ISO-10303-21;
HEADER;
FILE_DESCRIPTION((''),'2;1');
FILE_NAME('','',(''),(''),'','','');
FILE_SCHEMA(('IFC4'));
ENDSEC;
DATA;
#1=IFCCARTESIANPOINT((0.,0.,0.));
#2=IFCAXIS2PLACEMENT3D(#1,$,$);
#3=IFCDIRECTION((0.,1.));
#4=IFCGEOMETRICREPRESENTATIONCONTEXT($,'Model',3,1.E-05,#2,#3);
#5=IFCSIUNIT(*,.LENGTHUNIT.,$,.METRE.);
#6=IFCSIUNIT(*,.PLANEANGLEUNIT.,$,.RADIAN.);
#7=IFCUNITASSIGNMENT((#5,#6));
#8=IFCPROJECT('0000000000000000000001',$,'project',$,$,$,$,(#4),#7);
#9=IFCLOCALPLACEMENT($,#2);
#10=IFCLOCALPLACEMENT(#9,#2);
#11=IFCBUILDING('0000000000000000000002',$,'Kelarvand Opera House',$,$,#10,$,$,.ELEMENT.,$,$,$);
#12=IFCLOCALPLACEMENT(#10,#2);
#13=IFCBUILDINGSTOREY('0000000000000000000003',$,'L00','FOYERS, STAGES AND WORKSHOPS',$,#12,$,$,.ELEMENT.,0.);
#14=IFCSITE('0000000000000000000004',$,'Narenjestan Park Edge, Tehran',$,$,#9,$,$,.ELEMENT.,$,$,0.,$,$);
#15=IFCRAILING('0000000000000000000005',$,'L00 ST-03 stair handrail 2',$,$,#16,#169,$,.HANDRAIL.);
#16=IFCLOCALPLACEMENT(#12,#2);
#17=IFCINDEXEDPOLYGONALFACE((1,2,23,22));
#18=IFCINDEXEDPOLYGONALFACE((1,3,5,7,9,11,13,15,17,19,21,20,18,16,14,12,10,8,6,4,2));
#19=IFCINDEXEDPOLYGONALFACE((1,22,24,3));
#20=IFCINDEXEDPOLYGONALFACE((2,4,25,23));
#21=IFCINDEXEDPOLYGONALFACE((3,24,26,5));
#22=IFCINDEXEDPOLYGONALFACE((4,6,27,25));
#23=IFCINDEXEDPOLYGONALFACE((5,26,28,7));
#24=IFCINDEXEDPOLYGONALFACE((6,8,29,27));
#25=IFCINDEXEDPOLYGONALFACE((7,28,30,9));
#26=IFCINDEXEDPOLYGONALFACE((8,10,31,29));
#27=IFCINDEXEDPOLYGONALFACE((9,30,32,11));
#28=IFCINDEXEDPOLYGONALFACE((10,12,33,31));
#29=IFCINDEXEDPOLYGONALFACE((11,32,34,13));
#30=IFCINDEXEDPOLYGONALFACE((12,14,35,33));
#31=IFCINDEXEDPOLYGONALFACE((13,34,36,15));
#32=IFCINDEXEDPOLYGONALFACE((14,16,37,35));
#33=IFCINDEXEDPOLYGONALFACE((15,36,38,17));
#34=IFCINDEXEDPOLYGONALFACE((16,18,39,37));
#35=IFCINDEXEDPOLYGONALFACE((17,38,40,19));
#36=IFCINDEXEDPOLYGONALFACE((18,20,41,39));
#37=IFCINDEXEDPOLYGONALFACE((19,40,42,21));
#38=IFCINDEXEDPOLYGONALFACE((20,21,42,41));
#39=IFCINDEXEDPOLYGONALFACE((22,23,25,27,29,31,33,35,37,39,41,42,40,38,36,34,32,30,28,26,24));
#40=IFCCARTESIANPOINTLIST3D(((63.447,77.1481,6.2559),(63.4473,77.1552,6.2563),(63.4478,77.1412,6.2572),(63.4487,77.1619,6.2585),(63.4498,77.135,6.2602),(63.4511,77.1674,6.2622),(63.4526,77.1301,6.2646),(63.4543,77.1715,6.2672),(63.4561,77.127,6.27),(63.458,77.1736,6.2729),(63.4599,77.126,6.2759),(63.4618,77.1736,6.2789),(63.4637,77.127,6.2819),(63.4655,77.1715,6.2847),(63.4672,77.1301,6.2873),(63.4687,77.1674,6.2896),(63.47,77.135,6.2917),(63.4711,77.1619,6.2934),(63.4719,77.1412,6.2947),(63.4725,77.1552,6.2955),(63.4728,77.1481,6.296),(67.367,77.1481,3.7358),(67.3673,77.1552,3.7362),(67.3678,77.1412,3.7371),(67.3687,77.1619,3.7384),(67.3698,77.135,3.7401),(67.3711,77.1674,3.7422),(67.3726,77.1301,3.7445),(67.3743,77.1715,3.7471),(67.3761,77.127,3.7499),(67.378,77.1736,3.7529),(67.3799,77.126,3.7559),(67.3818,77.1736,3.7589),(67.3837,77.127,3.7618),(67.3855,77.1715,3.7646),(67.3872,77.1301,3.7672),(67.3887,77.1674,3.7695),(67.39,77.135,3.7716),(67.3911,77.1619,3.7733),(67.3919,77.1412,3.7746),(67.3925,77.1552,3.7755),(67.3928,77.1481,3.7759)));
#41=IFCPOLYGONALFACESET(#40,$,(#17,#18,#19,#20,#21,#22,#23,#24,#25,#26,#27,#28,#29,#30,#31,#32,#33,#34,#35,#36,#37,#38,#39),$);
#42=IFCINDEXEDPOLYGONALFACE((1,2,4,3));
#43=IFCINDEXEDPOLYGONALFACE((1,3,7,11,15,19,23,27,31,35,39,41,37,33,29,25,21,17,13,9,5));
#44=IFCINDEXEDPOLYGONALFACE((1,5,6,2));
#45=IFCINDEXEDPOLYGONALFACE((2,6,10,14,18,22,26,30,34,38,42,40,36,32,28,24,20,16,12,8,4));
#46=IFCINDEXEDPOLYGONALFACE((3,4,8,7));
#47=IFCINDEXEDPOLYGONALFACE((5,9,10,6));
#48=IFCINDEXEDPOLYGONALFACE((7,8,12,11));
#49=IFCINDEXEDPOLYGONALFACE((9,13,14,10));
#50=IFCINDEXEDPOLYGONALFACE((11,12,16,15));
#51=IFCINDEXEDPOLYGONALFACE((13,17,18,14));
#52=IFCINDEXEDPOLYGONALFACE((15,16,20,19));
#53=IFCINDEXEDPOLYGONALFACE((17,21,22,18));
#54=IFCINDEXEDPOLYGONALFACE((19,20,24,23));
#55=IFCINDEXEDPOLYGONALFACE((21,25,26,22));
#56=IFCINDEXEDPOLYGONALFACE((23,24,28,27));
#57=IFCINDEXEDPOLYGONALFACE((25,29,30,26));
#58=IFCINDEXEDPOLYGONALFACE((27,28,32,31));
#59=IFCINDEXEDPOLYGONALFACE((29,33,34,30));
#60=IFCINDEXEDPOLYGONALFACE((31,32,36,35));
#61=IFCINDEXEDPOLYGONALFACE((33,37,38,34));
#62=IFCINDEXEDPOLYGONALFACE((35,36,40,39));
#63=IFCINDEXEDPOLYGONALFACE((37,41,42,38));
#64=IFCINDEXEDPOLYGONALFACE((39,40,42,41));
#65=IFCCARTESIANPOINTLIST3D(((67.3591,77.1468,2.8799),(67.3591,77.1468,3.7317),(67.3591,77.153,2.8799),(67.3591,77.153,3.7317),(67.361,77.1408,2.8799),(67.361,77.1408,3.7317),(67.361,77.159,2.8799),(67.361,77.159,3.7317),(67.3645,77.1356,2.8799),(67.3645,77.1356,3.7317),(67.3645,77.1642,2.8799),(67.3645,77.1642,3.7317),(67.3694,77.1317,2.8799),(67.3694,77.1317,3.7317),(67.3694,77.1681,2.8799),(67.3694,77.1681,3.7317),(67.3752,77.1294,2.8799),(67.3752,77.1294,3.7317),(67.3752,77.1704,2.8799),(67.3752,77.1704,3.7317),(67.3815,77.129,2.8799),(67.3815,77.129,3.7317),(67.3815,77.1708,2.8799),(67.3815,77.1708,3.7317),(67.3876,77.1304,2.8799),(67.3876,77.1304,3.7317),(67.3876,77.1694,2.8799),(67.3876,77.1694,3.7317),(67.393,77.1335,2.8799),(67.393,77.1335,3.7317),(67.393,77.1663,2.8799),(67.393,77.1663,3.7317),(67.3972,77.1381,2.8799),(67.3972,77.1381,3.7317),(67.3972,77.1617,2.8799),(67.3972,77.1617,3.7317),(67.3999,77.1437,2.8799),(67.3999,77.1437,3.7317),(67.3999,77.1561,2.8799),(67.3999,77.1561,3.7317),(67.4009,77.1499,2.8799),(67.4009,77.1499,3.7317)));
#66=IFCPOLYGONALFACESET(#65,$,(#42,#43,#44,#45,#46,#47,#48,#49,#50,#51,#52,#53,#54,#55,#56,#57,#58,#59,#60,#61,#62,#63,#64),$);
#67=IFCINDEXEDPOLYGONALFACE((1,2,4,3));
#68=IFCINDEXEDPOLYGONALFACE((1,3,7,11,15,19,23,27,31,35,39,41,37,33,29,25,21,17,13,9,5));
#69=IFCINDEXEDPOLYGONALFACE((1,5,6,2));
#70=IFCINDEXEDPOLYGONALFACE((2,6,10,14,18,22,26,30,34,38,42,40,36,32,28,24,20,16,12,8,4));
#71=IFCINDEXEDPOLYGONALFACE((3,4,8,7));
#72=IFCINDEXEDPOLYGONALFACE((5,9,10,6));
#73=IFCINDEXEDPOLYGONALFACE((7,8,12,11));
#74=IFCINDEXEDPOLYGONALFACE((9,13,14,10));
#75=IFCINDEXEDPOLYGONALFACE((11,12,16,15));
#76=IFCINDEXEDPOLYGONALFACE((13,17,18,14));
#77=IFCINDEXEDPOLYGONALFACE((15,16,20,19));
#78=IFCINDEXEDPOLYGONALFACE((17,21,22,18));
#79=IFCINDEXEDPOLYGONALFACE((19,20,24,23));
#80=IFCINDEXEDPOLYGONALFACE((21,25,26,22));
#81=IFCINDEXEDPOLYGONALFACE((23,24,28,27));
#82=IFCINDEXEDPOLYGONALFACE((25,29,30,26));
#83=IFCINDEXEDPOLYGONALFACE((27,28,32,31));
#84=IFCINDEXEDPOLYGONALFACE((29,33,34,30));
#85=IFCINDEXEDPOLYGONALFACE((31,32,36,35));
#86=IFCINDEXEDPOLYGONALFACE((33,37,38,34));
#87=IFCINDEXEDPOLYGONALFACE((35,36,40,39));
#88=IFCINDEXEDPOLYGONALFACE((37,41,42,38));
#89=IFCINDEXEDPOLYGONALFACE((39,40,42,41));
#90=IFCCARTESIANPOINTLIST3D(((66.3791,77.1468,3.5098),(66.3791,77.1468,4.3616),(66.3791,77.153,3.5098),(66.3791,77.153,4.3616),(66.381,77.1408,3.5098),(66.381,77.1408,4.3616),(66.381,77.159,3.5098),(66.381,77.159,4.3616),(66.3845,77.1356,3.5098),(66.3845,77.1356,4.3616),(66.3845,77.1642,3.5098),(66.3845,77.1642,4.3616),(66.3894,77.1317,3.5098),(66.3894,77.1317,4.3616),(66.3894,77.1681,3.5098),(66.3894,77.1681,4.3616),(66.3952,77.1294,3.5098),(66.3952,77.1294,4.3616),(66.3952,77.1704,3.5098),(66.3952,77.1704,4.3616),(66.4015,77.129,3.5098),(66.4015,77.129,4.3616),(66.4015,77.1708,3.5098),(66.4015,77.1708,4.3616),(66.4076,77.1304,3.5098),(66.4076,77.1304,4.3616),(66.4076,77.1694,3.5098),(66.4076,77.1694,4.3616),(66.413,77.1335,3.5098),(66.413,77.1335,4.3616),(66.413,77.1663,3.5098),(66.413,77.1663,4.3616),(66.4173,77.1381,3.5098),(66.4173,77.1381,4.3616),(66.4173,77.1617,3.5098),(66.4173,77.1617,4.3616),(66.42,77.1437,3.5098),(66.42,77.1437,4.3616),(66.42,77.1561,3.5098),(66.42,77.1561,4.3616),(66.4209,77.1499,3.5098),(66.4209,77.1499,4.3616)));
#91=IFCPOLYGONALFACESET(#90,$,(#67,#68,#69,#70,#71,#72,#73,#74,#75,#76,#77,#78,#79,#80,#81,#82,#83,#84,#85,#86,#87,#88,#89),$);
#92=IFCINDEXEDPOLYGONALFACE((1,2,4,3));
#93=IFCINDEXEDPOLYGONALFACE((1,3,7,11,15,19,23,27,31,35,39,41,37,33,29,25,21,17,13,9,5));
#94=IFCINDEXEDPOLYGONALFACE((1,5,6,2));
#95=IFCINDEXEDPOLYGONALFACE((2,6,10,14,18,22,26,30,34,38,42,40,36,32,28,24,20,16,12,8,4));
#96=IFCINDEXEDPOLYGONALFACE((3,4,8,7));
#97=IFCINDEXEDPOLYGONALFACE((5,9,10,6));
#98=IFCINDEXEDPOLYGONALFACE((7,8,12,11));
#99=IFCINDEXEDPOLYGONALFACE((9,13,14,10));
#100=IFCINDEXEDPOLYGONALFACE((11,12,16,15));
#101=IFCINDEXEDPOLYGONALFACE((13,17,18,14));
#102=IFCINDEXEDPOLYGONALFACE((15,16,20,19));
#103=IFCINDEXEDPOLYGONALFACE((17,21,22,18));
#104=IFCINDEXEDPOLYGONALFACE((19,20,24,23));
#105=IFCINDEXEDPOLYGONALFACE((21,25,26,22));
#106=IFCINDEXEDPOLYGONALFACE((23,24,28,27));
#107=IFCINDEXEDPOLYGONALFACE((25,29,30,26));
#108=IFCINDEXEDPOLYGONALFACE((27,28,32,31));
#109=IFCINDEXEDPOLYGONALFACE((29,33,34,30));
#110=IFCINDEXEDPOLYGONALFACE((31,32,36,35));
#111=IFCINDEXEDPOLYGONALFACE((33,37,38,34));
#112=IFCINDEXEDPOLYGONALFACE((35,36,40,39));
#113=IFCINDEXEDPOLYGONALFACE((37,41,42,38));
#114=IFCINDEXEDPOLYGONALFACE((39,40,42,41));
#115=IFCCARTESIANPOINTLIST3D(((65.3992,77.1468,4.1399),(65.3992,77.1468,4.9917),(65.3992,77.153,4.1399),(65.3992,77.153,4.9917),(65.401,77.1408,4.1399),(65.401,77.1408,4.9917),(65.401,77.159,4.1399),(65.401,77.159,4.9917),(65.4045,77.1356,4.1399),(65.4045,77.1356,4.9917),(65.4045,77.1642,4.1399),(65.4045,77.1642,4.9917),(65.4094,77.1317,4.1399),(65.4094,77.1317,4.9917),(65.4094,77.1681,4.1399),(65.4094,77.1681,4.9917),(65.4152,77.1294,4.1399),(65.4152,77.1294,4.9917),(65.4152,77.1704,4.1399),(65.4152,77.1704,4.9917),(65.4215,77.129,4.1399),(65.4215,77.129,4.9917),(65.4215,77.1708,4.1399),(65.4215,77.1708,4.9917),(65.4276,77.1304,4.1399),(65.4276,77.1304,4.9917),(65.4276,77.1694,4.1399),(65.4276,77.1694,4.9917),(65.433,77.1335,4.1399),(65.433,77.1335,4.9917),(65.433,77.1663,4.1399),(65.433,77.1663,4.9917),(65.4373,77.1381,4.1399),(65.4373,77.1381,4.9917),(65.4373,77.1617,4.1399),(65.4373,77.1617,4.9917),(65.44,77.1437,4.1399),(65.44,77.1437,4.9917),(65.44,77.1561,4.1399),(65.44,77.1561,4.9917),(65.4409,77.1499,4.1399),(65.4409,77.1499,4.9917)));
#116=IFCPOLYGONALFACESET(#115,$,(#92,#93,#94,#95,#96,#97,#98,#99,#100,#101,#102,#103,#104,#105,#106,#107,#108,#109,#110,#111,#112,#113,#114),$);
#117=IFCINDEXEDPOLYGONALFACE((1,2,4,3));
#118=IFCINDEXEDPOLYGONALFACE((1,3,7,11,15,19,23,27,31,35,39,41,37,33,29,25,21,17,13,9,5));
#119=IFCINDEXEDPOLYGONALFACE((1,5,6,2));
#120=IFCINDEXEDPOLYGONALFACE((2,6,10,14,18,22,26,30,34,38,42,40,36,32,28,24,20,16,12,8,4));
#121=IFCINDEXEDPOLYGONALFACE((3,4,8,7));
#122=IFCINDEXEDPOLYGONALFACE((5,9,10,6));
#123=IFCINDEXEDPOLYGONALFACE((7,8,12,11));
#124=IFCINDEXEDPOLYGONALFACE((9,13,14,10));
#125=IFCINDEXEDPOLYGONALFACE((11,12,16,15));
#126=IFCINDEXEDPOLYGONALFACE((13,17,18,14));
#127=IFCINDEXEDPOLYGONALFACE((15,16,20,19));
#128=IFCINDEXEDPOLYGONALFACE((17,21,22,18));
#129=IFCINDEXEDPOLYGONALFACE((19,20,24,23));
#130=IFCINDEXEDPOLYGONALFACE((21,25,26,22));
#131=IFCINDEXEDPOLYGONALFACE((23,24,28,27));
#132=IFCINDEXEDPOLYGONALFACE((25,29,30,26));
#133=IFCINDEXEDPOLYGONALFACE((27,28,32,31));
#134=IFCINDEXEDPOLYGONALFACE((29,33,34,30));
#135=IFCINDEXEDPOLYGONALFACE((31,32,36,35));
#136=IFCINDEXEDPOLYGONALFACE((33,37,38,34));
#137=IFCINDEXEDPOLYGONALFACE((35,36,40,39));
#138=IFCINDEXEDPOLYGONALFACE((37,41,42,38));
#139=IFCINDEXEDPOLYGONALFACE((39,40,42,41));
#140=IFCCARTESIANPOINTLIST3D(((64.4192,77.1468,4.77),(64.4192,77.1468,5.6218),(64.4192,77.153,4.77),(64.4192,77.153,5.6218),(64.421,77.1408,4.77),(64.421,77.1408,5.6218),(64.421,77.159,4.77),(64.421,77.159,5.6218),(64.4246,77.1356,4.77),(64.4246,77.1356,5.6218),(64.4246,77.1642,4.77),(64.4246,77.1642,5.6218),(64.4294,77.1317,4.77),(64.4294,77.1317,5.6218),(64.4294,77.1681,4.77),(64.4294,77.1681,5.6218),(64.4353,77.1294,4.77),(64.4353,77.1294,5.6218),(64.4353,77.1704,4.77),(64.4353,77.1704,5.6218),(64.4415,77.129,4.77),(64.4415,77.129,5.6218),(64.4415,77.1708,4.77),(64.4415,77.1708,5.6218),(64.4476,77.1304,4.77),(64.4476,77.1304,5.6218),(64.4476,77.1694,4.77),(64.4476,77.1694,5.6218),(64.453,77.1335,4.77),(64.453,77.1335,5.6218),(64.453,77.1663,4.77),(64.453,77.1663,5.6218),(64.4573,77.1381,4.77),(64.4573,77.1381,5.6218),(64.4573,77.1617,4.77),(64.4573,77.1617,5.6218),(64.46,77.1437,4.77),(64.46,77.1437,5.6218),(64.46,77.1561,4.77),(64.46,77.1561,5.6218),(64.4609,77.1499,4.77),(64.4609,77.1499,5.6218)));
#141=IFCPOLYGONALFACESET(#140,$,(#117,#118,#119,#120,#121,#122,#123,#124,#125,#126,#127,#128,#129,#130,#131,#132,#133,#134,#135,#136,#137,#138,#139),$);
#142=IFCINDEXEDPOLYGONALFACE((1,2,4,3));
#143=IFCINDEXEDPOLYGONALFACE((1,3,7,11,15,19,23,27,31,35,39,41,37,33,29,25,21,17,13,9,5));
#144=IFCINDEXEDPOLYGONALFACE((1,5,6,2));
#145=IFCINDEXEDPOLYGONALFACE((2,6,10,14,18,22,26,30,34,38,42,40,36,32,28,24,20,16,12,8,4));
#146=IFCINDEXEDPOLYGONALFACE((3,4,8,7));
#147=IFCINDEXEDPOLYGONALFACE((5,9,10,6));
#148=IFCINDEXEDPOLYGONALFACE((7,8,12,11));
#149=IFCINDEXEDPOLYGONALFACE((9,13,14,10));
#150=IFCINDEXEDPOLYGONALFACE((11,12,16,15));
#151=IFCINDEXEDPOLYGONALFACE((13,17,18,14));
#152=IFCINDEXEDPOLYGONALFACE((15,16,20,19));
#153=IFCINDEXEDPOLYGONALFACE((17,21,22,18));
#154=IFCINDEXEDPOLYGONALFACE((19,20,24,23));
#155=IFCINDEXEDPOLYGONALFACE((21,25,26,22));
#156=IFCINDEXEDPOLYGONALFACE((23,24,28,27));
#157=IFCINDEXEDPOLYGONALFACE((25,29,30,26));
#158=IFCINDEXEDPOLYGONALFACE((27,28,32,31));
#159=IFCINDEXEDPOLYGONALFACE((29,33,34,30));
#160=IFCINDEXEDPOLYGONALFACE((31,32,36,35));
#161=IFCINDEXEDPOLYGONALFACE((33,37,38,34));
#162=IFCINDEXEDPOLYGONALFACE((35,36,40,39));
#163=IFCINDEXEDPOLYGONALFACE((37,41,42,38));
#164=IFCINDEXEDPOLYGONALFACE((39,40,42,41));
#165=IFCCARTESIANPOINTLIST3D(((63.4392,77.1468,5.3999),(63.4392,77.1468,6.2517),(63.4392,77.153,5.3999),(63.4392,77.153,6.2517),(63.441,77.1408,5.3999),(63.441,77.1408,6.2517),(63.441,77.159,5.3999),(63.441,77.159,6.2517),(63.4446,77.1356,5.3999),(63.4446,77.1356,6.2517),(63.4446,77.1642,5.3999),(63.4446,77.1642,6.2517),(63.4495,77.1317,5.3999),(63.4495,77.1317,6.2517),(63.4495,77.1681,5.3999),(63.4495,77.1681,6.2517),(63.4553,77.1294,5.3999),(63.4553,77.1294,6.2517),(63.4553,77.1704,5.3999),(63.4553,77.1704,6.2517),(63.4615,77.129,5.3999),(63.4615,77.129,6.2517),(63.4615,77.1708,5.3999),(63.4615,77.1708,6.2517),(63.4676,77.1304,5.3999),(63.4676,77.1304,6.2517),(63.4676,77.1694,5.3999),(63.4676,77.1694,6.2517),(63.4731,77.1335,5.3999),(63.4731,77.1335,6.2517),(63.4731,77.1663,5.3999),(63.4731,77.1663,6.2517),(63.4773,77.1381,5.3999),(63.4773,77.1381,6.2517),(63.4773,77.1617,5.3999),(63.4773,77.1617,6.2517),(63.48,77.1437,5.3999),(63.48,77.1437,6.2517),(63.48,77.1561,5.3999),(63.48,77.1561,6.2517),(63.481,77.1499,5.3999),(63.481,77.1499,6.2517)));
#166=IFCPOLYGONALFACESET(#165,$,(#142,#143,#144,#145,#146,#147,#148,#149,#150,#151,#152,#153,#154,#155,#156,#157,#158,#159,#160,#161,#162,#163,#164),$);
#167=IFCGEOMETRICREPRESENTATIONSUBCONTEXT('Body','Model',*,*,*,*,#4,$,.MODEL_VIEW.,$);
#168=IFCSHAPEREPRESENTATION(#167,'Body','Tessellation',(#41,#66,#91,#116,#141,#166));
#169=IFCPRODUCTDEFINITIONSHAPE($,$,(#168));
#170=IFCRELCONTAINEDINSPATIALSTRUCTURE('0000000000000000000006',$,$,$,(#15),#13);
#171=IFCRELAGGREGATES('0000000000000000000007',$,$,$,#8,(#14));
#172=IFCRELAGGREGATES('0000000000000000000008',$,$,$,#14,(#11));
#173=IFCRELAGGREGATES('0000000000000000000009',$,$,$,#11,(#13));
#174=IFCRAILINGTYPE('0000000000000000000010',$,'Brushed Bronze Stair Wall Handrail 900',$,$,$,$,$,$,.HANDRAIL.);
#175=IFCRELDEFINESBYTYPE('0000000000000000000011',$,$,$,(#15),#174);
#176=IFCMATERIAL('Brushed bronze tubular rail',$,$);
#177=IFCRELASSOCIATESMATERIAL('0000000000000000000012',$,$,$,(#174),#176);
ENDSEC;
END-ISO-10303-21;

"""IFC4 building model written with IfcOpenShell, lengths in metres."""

from ifc_helpers import new_model, si_unit, direction, frame, origin, origin_2d, place, context, subcontext, project, spatial, circle, extrude, material, type_object, element, save


model = new_model("IFC4")

# Units and contexts
model_context = context("Model", 3, precision=1e-05, world=origin(), true_north=direction((0.0, 1.0)))
body_context = subcontext(model_context, "Body", "Model", "MODEL_VIEW")
ifc_project = project(units=[si_unit("LENGTHUNIT", "METRE"), si_unit("PLANEANGLEUNIT", "RADIAN")], contexts=[model_context])

# Site, building, storey
site_placement = place(None, origin())
site = spatial("IfcSite", under=ifc_project, at=site_placement, Name="Narenjestan Park Edge, Tehran", CompositionType="ELEMENT", RefElevation=0.0)
building_placement = place(site_placement, origin())
building = spatial("IfcBuilding", under=site, at=building_placement, Name="Kelarvand Opera House", CompositionType="ELEMENT")
storey_placement = place(building_placement, origin())
storey = spatial("IfcBuildingStorey", under=building, at=storey_placement, Name="L00", Description="FOYERS, STAGES AND WORKSHOPS", CompositionType="ELEMENT", Elevation=0.0)

# Railing
ifc_material_1 = material(Name="Brushed bronze tubular rail")
railing_type_1 = type_object("IfcRailingType", Name="Brushed Bronze Stair Wall Handrail 900", PredefinedType="HANDRAIL", material=ifc_material_1)
railing_1_placement = place(storey_placement, frame((67.3799, 77.1499, 2.8799)))
element("IfcRailing", 1, at=railing_1_placement, inside=storey, type_object=railing_type_1, Name="L00 ST-03 stair handrail 2", PredefinedType="HANDRAIL", context=body_context, shape_type="SweptSolid", body=[
    extrude(circle(Radius=0.0239, at=origin_2d()), frame((0.0, 0.0, 0.876), z_axis=(-0.841172, 0.0, 0.540768), x_axis=(0.0, -1.0, 0.0)), (0.0, 0.0, 1.0), 4.6602),
    extrude(circle(Radius=0.021, at=origin_2d()), origin(), (0.0, 0.0, 1.0), 0.8518),
    extrude(circle(Radius=0.021, at=origin_2d()), frame((-0.98, 0.0, 0.6299)), (0.0, 0.0, 1.0), 0.8518),
    extrude(circle(Radius=0.021, at=origin_2d()), frame((-1.96, 0.0, 1.26)), (0.0, 0.0, 1.0), 0.8518),
    extrude(circle(Radius=0.021, at=origin_2d()), frame((-2.9399, 0.0, 1.8901)), (0.0, 0.0, 1.0), 0.8518),
    extrude(circle(Radius=0.021, at=origin_2d()), frame((-3.9199, 0.0, 2.52)), (0.0, 0.0, 1.0), 0.8518),
])

save(model, "model.ifc")
